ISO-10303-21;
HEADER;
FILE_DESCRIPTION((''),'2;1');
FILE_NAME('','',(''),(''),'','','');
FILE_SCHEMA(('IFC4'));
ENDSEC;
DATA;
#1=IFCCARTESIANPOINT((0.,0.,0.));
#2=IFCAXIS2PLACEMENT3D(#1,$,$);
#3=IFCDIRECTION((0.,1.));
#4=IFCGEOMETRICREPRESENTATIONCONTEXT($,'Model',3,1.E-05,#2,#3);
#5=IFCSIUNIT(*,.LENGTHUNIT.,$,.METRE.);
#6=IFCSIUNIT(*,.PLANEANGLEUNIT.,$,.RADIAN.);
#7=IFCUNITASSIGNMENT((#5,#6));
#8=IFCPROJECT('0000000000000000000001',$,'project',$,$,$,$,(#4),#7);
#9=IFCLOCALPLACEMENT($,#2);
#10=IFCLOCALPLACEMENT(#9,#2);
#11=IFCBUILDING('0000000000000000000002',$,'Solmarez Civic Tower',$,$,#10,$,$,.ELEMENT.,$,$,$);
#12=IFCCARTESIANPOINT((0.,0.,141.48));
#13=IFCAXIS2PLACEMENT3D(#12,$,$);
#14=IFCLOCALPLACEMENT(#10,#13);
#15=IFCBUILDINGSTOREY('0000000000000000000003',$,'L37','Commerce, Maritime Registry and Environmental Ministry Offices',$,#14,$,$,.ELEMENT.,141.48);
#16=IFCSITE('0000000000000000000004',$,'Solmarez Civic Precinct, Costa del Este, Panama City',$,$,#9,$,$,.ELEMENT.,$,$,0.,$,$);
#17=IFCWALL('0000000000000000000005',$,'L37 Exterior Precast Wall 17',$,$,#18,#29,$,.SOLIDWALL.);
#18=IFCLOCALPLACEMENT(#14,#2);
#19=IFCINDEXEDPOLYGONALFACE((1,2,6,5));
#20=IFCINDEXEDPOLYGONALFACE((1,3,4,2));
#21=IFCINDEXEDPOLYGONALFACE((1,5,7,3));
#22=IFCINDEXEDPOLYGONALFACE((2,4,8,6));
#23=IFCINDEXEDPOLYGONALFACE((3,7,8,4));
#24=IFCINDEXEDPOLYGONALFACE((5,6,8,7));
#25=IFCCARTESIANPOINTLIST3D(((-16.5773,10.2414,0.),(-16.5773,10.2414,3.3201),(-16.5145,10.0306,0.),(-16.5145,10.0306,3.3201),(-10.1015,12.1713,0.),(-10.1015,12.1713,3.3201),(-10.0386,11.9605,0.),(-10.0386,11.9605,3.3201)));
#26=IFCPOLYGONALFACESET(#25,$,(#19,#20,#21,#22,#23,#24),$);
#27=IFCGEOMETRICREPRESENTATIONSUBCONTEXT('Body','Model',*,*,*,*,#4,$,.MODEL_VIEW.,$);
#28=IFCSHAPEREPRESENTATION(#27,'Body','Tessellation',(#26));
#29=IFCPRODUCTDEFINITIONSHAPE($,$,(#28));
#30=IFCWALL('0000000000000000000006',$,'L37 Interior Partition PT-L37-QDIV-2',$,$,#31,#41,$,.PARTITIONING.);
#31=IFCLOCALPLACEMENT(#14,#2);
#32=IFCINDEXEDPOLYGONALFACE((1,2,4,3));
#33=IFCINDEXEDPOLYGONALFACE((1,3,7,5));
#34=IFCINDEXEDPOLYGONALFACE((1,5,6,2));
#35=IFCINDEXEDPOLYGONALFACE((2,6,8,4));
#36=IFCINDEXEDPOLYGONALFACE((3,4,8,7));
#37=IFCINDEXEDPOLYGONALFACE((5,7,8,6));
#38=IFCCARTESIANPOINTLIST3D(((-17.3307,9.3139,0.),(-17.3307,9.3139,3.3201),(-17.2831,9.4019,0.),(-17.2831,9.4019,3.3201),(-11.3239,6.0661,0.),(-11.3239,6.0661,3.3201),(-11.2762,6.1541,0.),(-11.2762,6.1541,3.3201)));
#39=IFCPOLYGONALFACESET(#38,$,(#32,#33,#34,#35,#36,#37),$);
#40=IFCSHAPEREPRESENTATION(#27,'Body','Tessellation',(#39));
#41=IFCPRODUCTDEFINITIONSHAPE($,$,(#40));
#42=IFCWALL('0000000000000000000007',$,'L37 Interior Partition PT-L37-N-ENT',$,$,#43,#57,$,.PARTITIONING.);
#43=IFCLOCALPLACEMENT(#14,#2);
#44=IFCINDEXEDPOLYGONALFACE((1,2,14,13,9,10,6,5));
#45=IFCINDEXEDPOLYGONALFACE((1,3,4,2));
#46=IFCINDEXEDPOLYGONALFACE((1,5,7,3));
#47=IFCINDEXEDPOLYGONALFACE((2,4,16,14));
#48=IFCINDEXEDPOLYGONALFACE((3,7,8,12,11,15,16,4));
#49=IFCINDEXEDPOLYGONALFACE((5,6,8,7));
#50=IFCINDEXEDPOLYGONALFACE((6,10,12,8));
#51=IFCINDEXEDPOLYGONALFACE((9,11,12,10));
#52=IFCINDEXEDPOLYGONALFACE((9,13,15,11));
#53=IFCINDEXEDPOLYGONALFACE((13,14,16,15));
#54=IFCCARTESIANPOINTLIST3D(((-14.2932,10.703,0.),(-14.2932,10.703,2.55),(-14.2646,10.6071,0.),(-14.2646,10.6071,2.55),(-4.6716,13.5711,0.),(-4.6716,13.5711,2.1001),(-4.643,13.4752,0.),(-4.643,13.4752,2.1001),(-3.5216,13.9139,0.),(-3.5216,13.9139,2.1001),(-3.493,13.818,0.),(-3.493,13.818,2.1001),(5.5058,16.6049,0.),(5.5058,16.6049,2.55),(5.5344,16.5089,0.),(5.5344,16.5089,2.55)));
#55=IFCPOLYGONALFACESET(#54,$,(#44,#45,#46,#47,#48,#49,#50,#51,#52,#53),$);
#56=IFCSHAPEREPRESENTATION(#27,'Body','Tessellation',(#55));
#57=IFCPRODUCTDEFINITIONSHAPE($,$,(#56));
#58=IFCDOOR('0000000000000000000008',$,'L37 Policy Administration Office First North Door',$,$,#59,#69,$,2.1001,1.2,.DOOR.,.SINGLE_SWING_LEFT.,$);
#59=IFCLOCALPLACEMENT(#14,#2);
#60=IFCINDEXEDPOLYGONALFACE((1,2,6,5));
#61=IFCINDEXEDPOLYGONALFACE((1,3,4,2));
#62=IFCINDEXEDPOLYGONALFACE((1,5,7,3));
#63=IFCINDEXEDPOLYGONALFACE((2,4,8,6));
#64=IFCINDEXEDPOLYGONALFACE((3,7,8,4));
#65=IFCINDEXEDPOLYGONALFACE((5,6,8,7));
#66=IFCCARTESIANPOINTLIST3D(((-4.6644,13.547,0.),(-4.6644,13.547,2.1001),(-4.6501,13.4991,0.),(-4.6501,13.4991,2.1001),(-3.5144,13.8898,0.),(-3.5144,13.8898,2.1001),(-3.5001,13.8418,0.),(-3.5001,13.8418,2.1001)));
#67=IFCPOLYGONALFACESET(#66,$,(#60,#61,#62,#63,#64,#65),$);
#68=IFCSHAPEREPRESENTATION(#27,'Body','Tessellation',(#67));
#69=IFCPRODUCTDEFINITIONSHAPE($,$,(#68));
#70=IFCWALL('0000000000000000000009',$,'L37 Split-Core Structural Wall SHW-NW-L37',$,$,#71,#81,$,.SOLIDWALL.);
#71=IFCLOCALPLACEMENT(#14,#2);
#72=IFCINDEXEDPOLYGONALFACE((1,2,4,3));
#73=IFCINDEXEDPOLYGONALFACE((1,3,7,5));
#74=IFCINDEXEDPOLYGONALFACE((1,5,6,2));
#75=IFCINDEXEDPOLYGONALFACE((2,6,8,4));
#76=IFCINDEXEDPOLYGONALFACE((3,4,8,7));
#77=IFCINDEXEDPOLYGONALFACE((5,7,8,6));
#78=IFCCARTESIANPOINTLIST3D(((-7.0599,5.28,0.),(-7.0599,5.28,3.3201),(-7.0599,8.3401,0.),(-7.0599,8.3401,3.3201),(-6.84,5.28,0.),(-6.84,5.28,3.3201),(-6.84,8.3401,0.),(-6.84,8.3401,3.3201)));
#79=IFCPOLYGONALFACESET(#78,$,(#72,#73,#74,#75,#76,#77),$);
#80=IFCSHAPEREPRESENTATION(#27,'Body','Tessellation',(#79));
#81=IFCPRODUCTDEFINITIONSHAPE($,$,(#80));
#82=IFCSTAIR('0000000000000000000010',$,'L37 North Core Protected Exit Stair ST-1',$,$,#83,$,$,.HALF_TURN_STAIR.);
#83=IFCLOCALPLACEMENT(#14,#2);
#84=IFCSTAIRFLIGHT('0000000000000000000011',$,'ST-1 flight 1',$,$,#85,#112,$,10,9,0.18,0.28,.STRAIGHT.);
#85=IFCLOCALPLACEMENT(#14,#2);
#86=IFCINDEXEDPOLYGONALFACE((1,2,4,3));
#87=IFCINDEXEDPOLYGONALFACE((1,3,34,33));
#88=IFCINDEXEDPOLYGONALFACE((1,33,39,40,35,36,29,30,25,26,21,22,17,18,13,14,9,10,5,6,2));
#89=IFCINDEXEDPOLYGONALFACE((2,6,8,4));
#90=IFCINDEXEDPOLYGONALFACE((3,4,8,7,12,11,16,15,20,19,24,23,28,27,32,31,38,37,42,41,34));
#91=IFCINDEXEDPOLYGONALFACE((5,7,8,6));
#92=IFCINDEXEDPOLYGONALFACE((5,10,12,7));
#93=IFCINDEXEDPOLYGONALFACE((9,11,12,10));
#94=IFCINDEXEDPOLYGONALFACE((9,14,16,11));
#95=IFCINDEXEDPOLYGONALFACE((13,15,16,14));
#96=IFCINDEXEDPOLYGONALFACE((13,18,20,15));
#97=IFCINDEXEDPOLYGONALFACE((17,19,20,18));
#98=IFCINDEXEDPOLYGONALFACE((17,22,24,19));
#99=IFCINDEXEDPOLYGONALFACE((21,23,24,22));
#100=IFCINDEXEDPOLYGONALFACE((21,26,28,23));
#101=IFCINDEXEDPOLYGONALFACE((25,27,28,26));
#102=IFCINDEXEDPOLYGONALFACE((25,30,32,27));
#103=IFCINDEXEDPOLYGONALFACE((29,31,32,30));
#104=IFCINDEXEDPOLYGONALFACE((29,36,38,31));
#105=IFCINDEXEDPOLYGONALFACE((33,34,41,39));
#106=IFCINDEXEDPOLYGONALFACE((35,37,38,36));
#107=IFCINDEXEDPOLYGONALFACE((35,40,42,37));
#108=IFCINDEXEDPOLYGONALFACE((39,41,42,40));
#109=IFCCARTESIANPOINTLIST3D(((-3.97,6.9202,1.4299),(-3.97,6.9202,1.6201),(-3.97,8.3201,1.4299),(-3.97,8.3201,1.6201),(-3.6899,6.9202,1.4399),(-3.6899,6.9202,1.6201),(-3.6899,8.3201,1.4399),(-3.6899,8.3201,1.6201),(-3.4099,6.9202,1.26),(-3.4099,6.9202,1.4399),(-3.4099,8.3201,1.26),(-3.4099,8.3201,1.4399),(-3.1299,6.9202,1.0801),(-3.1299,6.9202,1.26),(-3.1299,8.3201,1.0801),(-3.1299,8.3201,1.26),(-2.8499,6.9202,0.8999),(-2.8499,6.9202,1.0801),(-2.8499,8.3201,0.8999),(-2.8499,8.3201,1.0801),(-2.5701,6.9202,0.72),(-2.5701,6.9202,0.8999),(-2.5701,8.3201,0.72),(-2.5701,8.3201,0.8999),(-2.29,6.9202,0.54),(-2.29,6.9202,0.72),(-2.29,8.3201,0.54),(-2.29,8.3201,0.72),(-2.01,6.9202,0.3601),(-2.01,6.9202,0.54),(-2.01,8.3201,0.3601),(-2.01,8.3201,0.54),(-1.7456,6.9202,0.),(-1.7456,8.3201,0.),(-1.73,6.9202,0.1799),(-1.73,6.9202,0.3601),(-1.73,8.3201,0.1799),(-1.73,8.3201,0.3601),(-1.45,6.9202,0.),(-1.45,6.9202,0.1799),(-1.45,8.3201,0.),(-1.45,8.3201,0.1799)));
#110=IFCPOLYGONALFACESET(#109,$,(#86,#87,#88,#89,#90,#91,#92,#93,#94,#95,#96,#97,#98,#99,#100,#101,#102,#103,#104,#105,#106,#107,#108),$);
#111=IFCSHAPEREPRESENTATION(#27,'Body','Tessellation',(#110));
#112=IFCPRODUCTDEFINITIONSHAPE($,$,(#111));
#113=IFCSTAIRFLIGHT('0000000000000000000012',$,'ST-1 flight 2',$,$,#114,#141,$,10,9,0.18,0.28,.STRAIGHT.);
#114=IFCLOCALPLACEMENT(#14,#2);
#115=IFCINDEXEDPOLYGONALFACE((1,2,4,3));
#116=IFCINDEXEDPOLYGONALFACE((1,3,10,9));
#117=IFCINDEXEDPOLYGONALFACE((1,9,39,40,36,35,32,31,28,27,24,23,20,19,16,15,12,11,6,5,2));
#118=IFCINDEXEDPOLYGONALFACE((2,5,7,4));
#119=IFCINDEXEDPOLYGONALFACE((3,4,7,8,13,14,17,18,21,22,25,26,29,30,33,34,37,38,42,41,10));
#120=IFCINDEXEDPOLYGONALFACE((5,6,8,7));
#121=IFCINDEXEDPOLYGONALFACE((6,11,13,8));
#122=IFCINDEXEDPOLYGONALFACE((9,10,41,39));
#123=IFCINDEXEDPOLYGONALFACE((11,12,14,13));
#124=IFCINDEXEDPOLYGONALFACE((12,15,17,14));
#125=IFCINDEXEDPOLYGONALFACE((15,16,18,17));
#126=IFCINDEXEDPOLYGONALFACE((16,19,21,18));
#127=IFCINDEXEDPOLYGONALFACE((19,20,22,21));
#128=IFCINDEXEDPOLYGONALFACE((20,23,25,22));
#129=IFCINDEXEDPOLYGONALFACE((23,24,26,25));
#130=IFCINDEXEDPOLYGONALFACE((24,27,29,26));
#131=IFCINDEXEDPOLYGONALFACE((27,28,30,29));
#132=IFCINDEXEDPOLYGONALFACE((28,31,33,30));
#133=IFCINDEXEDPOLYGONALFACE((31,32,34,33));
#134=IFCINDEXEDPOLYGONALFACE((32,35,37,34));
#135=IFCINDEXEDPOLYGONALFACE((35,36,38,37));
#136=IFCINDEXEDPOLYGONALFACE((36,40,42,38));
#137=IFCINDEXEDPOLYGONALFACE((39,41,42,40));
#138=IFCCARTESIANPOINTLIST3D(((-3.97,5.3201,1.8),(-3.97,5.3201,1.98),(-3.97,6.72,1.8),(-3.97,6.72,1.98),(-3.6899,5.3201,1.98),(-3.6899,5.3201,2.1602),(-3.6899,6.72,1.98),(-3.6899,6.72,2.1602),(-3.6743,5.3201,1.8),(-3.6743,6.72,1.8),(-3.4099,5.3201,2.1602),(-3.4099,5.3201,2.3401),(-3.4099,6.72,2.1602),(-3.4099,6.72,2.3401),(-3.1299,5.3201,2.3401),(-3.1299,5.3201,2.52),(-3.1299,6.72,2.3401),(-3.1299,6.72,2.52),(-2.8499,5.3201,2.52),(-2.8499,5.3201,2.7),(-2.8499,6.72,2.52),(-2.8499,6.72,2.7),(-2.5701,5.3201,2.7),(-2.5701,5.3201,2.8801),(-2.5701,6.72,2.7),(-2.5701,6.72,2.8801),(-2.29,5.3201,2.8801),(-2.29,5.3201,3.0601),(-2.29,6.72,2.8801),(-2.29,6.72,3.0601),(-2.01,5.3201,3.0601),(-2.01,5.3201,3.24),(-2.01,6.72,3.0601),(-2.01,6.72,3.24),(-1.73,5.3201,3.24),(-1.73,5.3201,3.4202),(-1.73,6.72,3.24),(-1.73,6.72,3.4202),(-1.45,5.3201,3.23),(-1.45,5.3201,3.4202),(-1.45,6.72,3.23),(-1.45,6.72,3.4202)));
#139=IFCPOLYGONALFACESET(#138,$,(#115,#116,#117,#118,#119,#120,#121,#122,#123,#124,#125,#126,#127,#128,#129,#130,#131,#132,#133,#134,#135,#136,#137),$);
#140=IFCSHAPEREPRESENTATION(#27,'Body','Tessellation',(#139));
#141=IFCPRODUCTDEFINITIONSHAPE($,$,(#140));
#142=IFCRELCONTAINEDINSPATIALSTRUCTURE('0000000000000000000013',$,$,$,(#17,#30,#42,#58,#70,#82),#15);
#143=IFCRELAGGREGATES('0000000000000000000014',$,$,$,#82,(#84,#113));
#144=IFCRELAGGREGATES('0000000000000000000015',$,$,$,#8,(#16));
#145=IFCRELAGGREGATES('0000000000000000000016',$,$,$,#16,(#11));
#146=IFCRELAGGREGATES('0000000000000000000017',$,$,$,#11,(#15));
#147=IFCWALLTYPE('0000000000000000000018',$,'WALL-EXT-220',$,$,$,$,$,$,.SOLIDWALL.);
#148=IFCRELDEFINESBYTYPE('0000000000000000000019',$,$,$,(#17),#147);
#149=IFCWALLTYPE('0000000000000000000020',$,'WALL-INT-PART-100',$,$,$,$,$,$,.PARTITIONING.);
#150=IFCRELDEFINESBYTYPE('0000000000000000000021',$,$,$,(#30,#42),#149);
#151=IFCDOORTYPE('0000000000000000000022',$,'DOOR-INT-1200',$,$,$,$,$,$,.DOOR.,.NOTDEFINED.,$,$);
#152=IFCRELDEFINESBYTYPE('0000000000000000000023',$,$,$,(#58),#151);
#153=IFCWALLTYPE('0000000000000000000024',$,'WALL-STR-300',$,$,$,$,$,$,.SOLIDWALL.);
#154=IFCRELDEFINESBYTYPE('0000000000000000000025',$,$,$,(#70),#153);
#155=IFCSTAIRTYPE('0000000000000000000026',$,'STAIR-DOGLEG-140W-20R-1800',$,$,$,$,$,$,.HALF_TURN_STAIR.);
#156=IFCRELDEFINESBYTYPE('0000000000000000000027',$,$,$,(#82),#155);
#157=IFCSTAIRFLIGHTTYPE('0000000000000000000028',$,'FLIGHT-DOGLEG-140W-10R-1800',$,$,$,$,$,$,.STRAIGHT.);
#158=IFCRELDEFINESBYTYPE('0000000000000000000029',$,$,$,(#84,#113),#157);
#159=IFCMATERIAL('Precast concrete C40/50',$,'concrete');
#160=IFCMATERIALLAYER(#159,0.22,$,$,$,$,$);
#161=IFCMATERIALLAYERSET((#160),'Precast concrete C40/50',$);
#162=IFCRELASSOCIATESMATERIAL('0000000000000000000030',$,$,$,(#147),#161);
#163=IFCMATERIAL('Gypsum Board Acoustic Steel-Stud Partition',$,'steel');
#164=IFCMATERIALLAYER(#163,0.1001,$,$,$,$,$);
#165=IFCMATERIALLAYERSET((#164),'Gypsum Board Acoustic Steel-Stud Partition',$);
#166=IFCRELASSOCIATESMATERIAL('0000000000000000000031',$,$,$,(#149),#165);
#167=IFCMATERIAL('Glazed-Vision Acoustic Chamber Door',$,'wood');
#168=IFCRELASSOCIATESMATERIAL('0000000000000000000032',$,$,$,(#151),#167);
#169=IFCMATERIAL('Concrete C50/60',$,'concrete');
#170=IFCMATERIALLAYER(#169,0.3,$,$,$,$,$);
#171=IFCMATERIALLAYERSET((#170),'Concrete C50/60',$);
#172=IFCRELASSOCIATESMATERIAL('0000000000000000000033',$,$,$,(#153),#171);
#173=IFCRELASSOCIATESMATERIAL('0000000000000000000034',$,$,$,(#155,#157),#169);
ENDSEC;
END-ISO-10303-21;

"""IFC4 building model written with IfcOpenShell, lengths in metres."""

from ifc_helpers import new_model, si_unit, direction, frame, frame_2d, origin, place, context, subcontext, project, spatial, polyline, rectangle, outline, extrude, material, layer, layer_set, type_object, element, fill, aggregate, save


model = new_model("IFC4")

# Units and contexts
model_context = context("Model", 3, precision=1e-05, world=origin(), true_north=direction((0.0, 1.0)))
body_context = subcontext(model_context, "Body", "Model", "MODEL_VIEW")
ifc_project = project(units=[si_unit("LENGTHUNIT", "METRE"), si_unit("PLANEANGLEUNIT", "RADIAN")], contexts=[model_context])

# Site, building, storey
site_placement = place(None, origin())
site = spatial("IfcSite", under=ifc_project, at=site_placement, Name="Solmarez Civic Precinct, Costa del Este, Panama City", CompositionType="ELEMENT", RefElevation=0.0)
building_placement = place(site_placement, origin())
building = spatial("IfcBuilding", under=site, at=building_placement, Name="Solmarez Civic Tower", CompositionType="ELEMENT")
storey_placement = place(building_placement, frame((0.0, 0.0, 141.48)))
storey = spatial("IfcBuildingStorey", under=building, at=storey_placement, Name="L37", Description="Commerce, Maritime Registry and Environmental Ministry Offices", CompositionType="ELEMENT", Elevation=141.48)

# Shared definitions
ifc_material_1 = material(Name="Concrete C50/60", Category="concrete")

# Walls
ifc_material_2 = material(Name="Precast concrete C40/50", Category="concrete")
ifc_layer_1 = layer(ifc_material_2, 0.22)
ifc_layer_set_1 = layer_set([ifc_layer_1], Name="Precast concrete C40/50")
wall_type_1 = type_object("IfcWallType", Name="WALL-EXT-220", PredefinedType="SOLIDWALL", material=ifc_layer_set_1)
wall_1_placement = place(storey_placement, frame((-16.5459, 10.136, 0.0), z_axis=(0.0, 0.0, 1.0), x_axis=(0.958347, 0.285607, 0.0)))
element("IfcWall", 1, at=wall_1_placement, inside=storey, type_object=wall_type_1, Name="L37 Exterior Precast Wall 17", PredefinedType="SOLIDWALL", context=body_context, shape_type="SweptSolid", body=[
    extrude(rectangle(XDim=6.7573, YDim=0.22, at=frame_2d((3.3787, 0.0))), origin(), (0.0, 0.0, 1.0), 3.3201),
])
ifc_material_3 = material(Name="Gypsum Board Acoustic Steel-Stud Partition", Category="steel")
ifc_layer_2 = layer(ifc_material_3, 0.1001)
ifc_layer_set_2 = layer_set([ifc_layer_2], Name="Gypsum Board Acoustic Steel-Stud Partition")
wall_type_2 = type_object("IfcWallType", Name="WALL-INT-PART-100", PredefinedType="PARTITIONING", material=ifc_layer_set_2)
wall_2_placement = place(storey_placement, frame((-11.3, 6.1101, 0.0), z_axis=(0.0, 0.0, 1.0), x_axis=(-0.879654, 0.475615, 0.0)))
element("IfcWall", 2, at=wall_2_placement, inside=storey, type_object=wall_type_2, Name="L37 Interior Partition PT-L37-QDIV-2", PredefinedType="PARTITIONING", context=body_context, shape_type="SweptSolid", body=[
    extrude(rectangle(XDim=6.8286, YDim=0.1001, at=frame_2d((3.4143, 0.0))), origin(), (0.0, 0.0, 1.0), 3.3201),
])

# Wall, opening, door
wall_3_placement = place(storey_placement, frame((-14.2791, 10.655, 0.0), z_axis=(0.0, 0.0, 1.0), x_axis=(0.958329, 0.285666, 0.0)))
wall_3 = element("IfcWall", 3, at=wall_3_placement, inside=storey, type_object=wall_type_2, Name="L37 Interior Partition PT-L37-N-ENT", PredefinedType="PARTITIONING", context=body_context, shape_type="SweptSolid", body=[
    extrude(rectangle(XDim=20.6599, YDim=0.1001, at=frame_2d((10.3301, 0.0))), origin(), (0.0, 0.0, 1.0), 2.55),
])
opening_placement = place(wall_3_placement, frame((10.04, 0.0, 0.0)))
opening = element("IfcOpeningElement", 4, at=opening_placement, cuts=wall_3, PredefinedType="OPENING", context=body_context, shape_type="SweptSolid", body=[
    extrude(rectangle(XDim=1.2, YDim=2.1001, at=frame_2d((0.6001, 1.05))), frame((0.0, 0.0601, 0.0), z_axis=(0.0, -1.0, 0.0), x_axis=(1.0, 0.0, 0.0)), (0.0, 0.0, 1.0), 0.1201),
])
ifc_material_4 = material(Name="Glazed-Vision Acoustic Chamber Door", Category="wood")
door_type = type_object("IfcDoorType", Name="DOOR-INT-1200", OperationType="NOTDEFINED", PredefinedType="DOOR", material=ifc_material_4)
door_placement = place(opening_placement, origin())
door = element("IfcDoor", 5, at=door_placement, inside=storey, type_object=door_type, Name="L37 Policy Administration Office First North Door", OperationType="SINGLE_SWING_LEFT", OverallHeight=2.1001, OverallWidth=1.2, PredefinedType="DOOR", context=body_context, shape_type="SweptSolid", body=[
    extrude(rectangle(XDim=1.2, YDim=2.1001, at=frame_2d((0.6001, 1.05))), frame((0.0, 0.0249, 0.0), z_axis=(0.0, -1.0, 0.0), x_axis=(1.0, 0.0, 0.0)), (0.0, 0.0, 1.0), 0.05),
])
fill(opening, door)

# Wall
ifc_layer_3 = layer(ifc_material_1, 0.3)
ifc_layer_set_3 = layer_set([ifc_layer_3], Name="Concrete C50/60")
wall_type_3 = type_object("IfcWallType", Name="WALL-STR-300", PredefinedType="SOLIDWALL", material=ifc_layer_set_3)
wall_4_placement = place(storey_placement, frame((-6.95, 5.28, 0.0), z_axis=(0.0, 0.0, 1.0), x_axis=(0.0, 1.0, 0.0)))
element("IfcWall", 6, at=wall_4_placement, inside=storey, type_object=wall_type_3, Name="L37 Split-Core Structural Wall SHW-NW-L37", PredefinedType="SOLIDWALL", context=body_context, shape_type="SweptSolid", body=[
    extrude(rectangle(XDim=3.0601, YDim=0.22, at=frame_2d((1.53, 0.0))), origin(), (0.0, 0.0, 1.0), 3.3201),
])

# Stair, stair flights
stair_type = type_object("IfcStairType", Name="STAIR-DOGLEG-140W-20R-1800", PredefinedType="HALF_TURN_STAIR", material=ifc_material_1)
stair_placement = place(storey_placement, origin())
stair = element("IfcStair", 7, at=stair_placement, inside=storey, type_object=stair_type, Name="L37 North Core Protected Exit Stair ST-1", PredefinedType="HALF_TURN_STAIR")
stair_flight_type = type_object("IfcStairFlightType", Name="FLIGHT-DOGLEG-140W-10R-1800", PredefinedType="STRAIGHT", material=ifc_material_1)
stair_flight_1_placement = place(storey_placement, frame((-1.45, 7.6201, 0.0), z_axis=(0.0, 0.0, 1.0), x_axis=(-1.0, 0.0, 0.0)))
stair_flight_1 = element("IfcStairFlight", 8, at=stair_flight_1_placement, type_object=stair_flight_type, Name="ST-1 flight 1", NumberOfRisers=10, NumberOfTreads=9, PredefinedType="STRAIGHT", RiserHeight=0.18, TreadLength=0.28, context=body_context, shape_type="SweptSolid", body=[
    extrude(outline(polyline([(0.0, 0.0), (0.0, 0.1799), (0.28, 0.1799), (0.28, 0.3601), (0.5601, 0.3601), (0.5601, 0.54), (0.8401, 0.54), (0.8401, 0.72), (1.1201, 0.72), (1.1201, 0.8999), (1.3999, 0.8999), (1.3999, 1.0801), (1.6799, 1.0801), (1.6799, 1.26), (1.96, 1.26), (1.96, 1.4399), (2.24, 1.4399), (2.24, 1.6201), (2.52, 1.6201), (2.52, 1.8), (2.52, 1.4299), (0.2957, 0.0), (0.0, 0.0)])), frame((0.0, 0.7, 0.0), z_axis=(0.0, -1.0, 0.0), x_axis=(1.0, 0.0, 0.0)), (0.0, 0.0, 1.0), 1.3999),
])
stair_flight_2_placement = place(storey_placement, frame((-3.97, 6.02, 1.8), z_axis=(0.0, 0.0, 1.0), x_axis=(1.0, 0.0, 0.0)))
stair_flight_2 = element("IfcStairFlight", 9, at=stair_flight_2_placement, type_object=stair_flight_type, Name="ST-1 flight 2", NumberOfRisers=10, NumberOfTreads=9, PredefinedType="STRAIGHT", RiserHeight=0.18, TreadLength=0.28, context=body_context, shape_type="SweptSolid", body=[
    extrude(outline(polyline([(0.0, 0.0), (0.0, 0.1799), (0.28, 0.1799), (0.28, 0.3601), (0.5601, 0.3601), (0.5601, 0.54), (0.8401, 0.54), (0.8401, 0.72), (1.1201, 0.72), (1.1201, 0.8999), (1.3999, 0.8999), (1.3999, 1.0801), (1.6799, 1.0801), (1.6799, 1.26), (1.96, 1.26), (1.96, 1.4399), (2.24, 1.4399), (2.24, 1.6201), (2.52, 1.6201), (2.52, 1.8), (2.52, 1.4299), (0.2957, 0.0), (0.0, 0.0)])), frame((0.0, 0.7, 0.0), z_axis=(0.0, -1.0, 0.0), x_axis=(1.0, 0.0, 0.0)), (0.0, 0.0, 1.0), 1.3999),
])
aggregate(stair, [stair_flight_1, stair_flight_2])

save(model, "model.ifc")
